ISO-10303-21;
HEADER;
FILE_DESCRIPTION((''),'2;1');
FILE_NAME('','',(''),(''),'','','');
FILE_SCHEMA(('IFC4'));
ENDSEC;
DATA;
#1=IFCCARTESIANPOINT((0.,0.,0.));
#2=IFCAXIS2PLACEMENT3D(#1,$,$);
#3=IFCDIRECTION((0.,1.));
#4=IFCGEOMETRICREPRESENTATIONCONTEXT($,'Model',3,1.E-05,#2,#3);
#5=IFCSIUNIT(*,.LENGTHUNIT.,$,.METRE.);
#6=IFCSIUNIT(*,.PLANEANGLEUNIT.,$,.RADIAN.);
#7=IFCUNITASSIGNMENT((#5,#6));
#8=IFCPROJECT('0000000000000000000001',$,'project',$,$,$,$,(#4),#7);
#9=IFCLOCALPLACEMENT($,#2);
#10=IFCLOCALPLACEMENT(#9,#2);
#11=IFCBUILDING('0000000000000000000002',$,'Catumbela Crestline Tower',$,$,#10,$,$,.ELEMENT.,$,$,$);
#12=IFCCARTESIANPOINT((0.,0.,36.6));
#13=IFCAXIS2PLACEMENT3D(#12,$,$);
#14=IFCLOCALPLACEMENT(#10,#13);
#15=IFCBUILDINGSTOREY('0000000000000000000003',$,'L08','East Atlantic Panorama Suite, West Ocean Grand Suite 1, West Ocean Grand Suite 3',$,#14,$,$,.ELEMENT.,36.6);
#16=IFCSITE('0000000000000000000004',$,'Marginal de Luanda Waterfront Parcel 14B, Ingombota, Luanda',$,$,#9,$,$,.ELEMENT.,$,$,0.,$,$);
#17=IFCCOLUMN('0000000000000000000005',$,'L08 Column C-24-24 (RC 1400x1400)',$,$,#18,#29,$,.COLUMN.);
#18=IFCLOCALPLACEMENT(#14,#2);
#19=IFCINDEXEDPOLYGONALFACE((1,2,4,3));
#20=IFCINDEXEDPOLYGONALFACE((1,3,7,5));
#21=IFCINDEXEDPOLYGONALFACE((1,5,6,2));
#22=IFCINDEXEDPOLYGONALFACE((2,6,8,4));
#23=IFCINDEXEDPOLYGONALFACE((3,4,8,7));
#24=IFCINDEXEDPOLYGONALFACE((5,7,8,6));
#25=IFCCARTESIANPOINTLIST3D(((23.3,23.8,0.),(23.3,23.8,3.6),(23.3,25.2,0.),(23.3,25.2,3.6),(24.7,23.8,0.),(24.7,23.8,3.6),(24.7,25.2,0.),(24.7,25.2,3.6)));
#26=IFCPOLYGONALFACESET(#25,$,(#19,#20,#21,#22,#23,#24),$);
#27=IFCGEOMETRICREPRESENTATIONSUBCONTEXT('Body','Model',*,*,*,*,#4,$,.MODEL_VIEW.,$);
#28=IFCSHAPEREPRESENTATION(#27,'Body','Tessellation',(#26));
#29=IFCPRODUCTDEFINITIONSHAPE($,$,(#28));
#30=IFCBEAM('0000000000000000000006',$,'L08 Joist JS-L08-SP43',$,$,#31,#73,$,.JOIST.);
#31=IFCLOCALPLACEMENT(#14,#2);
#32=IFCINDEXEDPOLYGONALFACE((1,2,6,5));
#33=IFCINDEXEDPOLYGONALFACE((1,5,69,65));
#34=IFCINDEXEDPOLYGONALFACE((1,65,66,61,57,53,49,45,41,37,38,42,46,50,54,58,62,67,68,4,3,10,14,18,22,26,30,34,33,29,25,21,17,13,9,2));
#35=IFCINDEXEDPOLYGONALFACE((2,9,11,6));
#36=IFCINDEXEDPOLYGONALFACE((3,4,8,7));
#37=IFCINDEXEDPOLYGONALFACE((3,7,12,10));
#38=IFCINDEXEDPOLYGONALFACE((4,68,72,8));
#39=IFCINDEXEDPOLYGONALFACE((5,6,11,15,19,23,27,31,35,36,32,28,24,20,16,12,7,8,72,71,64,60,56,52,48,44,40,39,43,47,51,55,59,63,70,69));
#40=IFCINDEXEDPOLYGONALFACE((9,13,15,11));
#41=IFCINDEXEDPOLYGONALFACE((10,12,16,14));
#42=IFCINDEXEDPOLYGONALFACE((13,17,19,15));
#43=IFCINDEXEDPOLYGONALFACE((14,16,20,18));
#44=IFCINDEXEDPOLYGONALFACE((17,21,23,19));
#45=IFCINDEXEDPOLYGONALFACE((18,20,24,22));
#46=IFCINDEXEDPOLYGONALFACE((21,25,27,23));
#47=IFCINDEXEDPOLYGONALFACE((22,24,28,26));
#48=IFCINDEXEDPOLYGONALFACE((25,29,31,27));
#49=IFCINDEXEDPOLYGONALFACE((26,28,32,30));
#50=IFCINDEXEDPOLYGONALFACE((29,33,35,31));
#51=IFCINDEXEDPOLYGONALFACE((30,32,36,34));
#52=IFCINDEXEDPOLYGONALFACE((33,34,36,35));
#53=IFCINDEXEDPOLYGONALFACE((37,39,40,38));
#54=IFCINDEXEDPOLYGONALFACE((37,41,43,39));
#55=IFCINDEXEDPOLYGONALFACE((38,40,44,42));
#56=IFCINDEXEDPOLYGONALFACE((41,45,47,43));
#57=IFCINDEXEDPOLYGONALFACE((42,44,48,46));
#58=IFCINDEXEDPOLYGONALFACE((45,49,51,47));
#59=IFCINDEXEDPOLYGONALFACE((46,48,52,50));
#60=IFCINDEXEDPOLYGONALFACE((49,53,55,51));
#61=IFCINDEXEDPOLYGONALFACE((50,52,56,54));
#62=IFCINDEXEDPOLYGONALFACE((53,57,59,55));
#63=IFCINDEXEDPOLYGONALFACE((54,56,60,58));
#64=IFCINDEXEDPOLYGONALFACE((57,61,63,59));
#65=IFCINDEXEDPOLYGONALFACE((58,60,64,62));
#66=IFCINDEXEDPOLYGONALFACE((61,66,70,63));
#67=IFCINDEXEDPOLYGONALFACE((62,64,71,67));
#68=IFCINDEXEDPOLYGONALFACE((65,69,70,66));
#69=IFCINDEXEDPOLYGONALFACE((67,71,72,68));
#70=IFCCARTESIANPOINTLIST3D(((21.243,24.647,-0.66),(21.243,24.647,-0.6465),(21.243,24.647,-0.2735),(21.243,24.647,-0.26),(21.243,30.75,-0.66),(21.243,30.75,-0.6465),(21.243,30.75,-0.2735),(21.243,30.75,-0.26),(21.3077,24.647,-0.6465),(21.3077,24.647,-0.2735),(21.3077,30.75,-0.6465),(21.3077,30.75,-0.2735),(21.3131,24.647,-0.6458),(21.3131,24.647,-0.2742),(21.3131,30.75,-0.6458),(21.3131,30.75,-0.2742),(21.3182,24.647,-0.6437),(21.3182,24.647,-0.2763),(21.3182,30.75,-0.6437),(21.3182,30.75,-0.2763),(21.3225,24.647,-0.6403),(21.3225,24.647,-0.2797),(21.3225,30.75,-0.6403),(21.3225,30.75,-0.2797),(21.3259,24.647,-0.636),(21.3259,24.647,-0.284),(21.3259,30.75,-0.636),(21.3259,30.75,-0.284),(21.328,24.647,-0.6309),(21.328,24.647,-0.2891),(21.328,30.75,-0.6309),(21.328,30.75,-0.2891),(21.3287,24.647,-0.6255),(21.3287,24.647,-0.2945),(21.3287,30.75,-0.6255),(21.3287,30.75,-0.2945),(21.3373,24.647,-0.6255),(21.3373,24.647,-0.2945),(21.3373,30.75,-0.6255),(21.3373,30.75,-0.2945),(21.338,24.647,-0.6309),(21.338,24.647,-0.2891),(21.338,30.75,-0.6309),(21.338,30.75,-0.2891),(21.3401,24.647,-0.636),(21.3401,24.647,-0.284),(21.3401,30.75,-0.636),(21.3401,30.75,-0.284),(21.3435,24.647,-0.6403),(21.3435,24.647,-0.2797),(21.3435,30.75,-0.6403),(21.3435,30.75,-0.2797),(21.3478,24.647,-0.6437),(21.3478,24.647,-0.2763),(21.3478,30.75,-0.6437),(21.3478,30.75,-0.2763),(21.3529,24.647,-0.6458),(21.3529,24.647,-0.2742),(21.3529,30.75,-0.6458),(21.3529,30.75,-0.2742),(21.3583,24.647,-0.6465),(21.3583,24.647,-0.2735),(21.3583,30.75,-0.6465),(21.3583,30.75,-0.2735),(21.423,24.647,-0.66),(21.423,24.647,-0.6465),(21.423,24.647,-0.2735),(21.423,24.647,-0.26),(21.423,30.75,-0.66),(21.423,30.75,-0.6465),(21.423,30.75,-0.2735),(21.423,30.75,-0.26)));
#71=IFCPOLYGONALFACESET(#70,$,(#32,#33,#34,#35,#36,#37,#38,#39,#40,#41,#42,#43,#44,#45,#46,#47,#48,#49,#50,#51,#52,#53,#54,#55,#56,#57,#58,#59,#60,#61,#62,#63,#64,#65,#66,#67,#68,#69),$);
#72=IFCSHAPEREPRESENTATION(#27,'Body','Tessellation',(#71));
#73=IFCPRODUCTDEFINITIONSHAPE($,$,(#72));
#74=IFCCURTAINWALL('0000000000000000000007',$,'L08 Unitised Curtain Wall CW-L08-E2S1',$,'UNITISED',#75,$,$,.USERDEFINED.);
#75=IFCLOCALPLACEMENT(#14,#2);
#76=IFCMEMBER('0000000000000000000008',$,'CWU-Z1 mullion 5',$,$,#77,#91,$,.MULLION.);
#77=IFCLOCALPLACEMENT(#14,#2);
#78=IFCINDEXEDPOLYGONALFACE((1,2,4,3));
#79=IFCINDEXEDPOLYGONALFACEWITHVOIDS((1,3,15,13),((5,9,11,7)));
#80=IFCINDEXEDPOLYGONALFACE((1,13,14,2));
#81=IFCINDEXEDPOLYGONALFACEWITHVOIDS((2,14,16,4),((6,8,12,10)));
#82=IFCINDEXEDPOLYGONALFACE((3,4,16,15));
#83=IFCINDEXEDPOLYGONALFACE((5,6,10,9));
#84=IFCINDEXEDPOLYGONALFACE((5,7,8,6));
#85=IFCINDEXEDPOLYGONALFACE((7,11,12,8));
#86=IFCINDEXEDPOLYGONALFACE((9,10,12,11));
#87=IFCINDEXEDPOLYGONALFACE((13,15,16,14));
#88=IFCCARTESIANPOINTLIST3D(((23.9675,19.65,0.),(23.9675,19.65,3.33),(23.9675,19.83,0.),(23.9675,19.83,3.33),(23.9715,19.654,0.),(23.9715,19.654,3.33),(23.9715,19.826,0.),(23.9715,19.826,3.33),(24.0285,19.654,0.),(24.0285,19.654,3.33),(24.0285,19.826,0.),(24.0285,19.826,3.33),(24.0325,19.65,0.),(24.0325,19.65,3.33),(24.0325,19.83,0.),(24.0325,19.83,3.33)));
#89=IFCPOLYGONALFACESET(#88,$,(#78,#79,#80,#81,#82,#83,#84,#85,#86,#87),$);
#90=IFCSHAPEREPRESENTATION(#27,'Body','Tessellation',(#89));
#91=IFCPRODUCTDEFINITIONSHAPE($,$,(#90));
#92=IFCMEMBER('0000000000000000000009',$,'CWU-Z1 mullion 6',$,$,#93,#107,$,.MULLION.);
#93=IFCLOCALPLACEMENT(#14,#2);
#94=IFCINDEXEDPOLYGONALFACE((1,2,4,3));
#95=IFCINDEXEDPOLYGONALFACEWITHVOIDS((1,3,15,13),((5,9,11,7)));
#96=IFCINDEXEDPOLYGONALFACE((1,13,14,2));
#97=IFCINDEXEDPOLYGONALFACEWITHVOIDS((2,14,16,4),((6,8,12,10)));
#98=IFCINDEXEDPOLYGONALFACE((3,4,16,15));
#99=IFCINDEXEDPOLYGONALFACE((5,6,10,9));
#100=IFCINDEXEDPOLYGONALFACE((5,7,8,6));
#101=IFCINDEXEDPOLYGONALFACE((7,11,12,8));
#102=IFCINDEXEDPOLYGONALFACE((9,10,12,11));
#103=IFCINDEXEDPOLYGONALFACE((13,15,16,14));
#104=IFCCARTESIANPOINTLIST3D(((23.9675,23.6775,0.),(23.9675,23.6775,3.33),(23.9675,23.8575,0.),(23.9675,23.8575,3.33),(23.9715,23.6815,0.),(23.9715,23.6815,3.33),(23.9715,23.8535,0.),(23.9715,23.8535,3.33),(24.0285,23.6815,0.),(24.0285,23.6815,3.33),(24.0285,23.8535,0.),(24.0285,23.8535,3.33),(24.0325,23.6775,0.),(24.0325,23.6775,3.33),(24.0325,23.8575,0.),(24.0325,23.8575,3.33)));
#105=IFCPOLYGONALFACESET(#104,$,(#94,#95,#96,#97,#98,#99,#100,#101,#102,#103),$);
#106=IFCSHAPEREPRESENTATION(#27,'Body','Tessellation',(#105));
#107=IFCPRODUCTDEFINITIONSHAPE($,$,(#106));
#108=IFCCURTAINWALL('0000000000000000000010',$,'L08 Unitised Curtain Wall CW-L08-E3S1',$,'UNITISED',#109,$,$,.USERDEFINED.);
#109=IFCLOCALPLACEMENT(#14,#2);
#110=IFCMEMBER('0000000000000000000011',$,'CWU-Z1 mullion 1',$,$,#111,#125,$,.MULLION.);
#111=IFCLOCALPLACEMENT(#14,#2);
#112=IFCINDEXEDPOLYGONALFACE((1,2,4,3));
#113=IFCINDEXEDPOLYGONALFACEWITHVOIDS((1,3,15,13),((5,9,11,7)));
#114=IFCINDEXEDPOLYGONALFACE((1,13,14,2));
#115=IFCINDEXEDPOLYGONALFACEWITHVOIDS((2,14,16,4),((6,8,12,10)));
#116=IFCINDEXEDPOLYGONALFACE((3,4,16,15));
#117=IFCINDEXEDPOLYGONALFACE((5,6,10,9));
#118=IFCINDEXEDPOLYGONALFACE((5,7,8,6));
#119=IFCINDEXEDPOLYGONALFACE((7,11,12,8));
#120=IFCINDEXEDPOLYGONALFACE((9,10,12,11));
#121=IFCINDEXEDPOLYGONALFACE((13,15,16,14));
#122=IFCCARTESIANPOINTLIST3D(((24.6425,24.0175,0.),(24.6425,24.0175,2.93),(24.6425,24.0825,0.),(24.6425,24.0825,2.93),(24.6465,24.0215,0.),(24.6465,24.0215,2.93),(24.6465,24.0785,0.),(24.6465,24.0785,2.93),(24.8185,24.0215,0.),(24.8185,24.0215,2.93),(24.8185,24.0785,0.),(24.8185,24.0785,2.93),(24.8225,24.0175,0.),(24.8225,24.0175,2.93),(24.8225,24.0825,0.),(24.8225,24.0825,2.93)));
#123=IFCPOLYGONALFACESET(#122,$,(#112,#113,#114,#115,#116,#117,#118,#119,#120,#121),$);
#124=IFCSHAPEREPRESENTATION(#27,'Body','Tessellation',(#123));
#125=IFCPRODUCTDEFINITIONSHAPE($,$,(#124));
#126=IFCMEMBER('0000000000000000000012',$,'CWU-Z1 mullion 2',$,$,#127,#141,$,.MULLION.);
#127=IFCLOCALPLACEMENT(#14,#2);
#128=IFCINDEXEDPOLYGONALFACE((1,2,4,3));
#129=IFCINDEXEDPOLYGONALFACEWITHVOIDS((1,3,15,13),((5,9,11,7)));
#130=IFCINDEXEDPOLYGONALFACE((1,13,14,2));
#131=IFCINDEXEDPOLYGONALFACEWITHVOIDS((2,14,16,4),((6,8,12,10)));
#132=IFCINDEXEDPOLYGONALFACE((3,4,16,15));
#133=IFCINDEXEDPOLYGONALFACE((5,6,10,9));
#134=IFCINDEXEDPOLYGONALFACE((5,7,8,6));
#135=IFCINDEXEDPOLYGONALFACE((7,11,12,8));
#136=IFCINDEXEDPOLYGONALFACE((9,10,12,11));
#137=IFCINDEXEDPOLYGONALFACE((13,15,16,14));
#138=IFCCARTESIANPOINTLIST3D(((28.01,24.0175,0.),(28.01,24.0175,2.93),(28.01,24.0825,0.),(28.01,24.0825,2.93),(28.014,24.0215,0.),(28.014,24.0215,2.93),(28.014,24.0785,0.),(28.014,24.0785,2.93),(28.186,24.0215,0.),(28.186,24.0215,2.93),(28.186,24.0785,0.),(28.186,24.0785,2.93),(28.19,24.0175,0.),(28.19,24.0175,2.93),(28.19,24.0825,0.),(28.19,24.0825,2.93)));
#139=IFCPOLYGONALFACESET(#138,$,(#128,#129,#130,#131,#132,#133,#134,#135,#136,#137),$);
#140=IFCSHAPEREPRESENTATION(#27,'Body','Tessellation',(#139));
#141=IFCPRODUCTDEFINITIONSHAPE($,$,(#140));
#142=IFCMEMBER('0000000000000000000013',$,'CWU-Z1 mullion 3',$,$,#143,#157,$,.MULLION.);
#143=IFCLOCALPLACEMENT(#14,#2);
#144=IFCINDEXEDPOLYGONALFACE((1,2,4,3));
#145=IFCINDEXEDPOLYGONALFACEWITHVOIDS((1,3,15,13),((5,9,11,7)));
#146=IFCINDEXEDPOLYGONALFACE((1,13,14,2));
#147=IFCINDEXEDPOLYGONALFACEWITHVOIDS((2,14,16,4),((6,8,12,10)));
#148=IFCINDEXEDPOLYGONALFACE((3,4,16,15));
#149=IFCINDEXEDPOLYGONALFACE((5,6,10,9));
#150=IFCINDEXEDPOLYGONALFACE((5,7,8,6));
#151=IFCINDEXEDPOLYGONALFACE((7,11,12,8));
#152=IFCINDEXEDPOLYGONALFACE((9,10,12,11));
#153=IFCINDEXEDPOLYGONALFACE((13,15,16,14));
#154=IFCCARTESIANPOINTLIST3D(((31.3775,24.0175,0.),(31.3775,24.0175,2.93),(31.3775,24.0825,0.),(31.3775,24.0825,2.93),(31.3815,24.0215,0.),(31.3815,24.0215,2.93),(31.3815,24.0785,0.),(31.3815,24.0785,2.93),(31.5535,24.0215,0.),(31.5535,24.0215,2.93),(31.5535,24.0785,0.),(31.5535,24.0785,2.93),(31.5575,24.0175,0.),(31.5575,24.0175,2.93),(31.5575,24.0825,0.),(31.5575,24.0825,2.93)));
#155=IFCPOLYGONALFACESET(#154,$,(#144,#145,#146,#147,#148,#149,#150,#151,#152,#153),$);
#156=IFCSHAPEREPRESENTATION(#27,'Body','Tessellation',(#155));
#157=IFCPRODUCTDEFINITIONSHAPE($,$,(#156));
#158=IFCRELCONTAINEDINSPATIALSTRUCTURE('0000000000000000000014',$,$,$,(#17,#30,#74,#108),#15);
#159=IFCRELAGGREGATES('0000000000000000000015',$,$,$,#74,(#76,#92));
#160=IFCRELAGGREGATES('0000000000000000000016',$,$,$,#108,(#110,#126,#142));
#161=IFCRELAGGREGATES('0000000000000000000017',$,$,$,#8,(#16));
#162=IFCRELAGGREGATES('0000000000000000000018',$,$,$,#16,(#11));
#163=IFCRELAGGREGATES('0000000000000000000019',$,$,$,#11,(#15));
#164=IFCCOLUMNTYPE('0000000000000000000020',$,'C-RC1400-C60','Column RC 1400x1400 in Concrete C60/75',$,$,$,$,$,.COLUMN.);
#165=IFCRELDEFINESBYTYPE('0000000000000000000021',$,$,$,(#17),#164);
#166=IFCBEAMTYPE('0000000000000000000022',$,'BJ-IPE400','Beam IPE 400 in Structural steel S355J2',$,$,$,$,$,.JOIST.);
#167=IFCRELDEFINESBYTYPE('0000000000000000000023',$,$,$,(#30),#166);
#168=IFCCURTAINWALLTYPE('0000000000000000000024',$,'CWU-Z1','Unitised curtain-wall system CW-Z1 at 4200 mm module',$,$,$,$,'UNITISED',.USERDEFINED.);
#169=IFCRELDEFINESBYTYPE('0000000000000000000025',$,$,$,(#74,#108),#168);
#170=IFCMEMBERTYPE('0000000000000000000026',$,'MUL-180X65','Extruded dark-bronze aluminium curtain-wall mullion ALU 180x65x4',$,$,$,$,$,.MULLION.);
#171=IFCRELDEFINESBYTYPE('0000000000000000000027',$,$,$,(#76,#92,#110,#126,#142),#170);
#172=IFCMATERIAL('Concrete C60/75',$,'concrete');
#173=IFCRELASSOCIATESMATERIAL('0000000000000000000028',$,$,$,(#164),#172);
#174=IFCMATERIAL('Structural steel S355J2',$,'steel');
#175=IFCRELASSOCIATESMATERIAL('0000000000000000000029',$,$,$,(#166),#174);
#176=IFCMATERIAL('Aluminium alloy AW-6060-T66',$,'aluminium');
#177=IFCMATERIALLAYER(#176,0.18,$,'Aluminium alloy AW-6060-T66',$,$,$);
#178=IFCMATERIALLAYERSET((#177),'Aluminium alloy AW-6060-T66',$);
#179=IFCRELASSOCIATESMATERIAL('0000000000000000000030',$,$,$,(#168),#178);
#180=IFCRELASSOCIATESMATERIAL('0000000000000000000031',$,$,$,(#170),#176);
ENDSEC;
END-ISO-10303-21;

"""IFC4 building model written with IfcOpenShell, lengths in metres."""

from ifc_helpers import new_model, si_unit, direction, frame, origin, origin_2d, place, context, subcontext, project, spatial, rectangle, hollow_rectangle, i_section, extrude, material, layer, layer_set, material_profile, profile_set, type_object, element, aggregate, save


model = new_model("IFC4")

# Units and contexts
model_context = context("Model", 3, precision=1e-05, world=origin(), true_north=direction((0.0, 1.0)))
body_context = subcontext(model_context, "Body", "Model", "MODEL_VIEW")
ifc_project = project(units=[si_unit("LENGTHUNIT", "METRE"), si_unit("PLANEANGLEUNIT", "RADIAN")], contexts=[model_context])

# Site, building, storey
site_placement = place(None, origin())
site = spatial("IfcSite", under=ifc_project, at=site_placement, Name="Marginal de Luanda Waterfront Parcel 14B, Ingombota, Luanda", CompositionType="ELEMENT", RefElevation=0.0)
building_placement = place(site_placement, origin())
building = spatial("IfcBuilding", under=site, at=building_placement, Name="Catumbela Crestline Tower", CompositionType="ELEMENT")
storey_placement = place(building_placement, frame((0.0, 0.0, 36.6)))
storey = spatial("IfcBuildingStorey", under=building, at=storey_placement, Name="L08", Description="East Atlantic Panorama Suite, West Ocean Grand Suite 1, West Ocean Grand Suite 3", CompositionType="ELEMENT", Elevation=36.6)

# Column
ifc_material_1 = material(Name="Concrete C60/75", Category="concrete")
ifc_material_profile_1 = material_profile(ifc_material_1, rectangle(XDim=1.4, YDim=1.4, at=origin_2d()), Name="RC 1400x1400")
ifc_profile_set_1 = profile_set([ifc_material_profile_1], Name="Concrete C60/75")
column_type = type_object("IfcColumnType", Name="C-RC1400-C60", Description="Column RC 1400x1400 in Concrete C60/75", PredefinedType="COLUMN", material=ifc_profile_set_1)
column_placement = place(storey_placement, frame((24.0, 24.5, 0.0), z_axis=(0.0, 0.0, 1.0), x_axis=(1.0, 0.0, 0.0)))
element("IfcColumn", 1, at=column_placement, inside=storey, type_object=column_type, Name="L08 Column C-24-24 (RC 1400x1400)", PredefinedType="COLUMN", context=body_context, shape_type="SweptSolid", body=[
    extrude(rectangle(XDim=1.4, YDim=1.4, at=origin_2d()), origin(), (0.0, 0.0, 1.0), 3.6),
])

# Beam
ifc_material_2 = material(Name="Structural steel S355J2", Category="steel")
ifc_material_profile_2 = material_profile(ifc_material_2, i_section(OverallWidth=0.18, OverallDepth=0.4, WebThickness=0.0086, FlangeThickness=0.0135, FilletRadius=0.021, at=origin_2d()), Name="IPE 400")
ifc_profile_set_2 = profile_set([ifc_material_profile_2], Name="Structural steel S355J2")
beam_type_1 = type_object("IfcBeamType", Name="BJ-IPE400", Description="Beam IPE 400 in Structural steel S355J2", PredefinedType="JOIST", material=ifc_profile_set_2)
beam_1_placement = place(storey_placement, frame((21.333, 24.647, -0.46), z_axis=(0.0, 1.0, 0.0), x_axis=(-1.0, 0.0, 0.0)))
element("IfcBeam", 2, at=beam_1_placement, inside=storey, type_object=beam_type_1, Name="L08 Joist JS-L08-SP43", PredefinedType="JOIST", context=body_context, shape_type="SweptSolid", body=[
    extrude(i_section(OverallWidth=0.18, OverallDepth=0.4, WebThickness=0.0086, FlangeThickness=0.0135, FilletRadius=0.021, at=origin_2d()), origin(), (0.0, 0.0, 1.0), 6.103),
])

# Curtain walls, members
ifc_material_3 = material(Name="Aluminium alloy AW-6060-T66", Category="aluminium")
ifc_layer_1 = layer(ifc_material_3, 0.18, Name="Aluminium alloy AW-6060-T66")
ifc_layer_set_1 = layer_set([ifc_layer_1], Name="Aluminium alloy AW-6060-T66")
curtain_wall_type = type_object("IfcCurtainWallType", Name="CWU-Z1", Description="Unitised curtain-wall system CW-Z1 at 4200 mm module", ElementType="UNITISED", PredefinedType="USERDEFINED", material=ifc_layer_set_1)
curtain_wall_1_placement = place(storey_placement, origin())
curtain_wall_1 = element("IfcCurtainWall", 3, at=curtain_wall_1_placement, inside=storey, type_object=curtain_wall_type, Name="L08 Unitised Curtain Wall CW-L08-E2S1", ObjectType="UNITISED", PredefinedType="USERDEFINED")
ifc_material_profile_3 = material_profile(ifc_material_3, hollow_rectangle(XDim=0.065, YDim=0.18, WallThickness=0.004, at=origin_2d()), Name="ALU 180x65x4")
ifc_profile_set_3 = profile_set([ifc_material_profile_3], Name="Aluminium alloy AW-6060-T66")
member_type_1 = type_object("IfcMemberType", Name="MUL-180X65", Description="Extruded dark-bronze aluminium curtain-wall mullion ALU 180x65x4", PredefinedType="MULLION", material=ifc_profile_set_3)
member_1_placement = place(storey_placement, frame((24.0, 19.74, 0.0), z_axis=(0.0, 0.0, 1.0), x_axis=(-1.0, 0.0, 0.0)))
member_1 = element("IfcMember", 4, at=member_1_placement, type_object=member_type_1, Name="CWU-Z1 mullion 5", PredefinedType="MULLION", context=body_context, shape_type="SweptSolid", body=[
    extrude(hollow_rectangle(XDim=0.065, YDim=0.18, WallThickness=0.004, at=origin_2d()), origin(), (0.0, 0.0, 1.0), 3.33),
])
member_2_placement = place(storey_placement, frame((24.0, 23.7675, 0.0), z_axis=(0.0, 0.0, 1.0), x_axis=(-1.0, 0.0, 0.0)))
member_2 = element("IfcMember", 5, at=member_2_placement, type_object=member_type_1, Name="CWU-Z1 mullion 6", PredefinedType="MULLION", context=body_context, shape_type="SweptSolid", body=[
    extrude(hollow_rectangle(XDim=0.065, YDim=0.18, WallThickness=0.004, at=origin_2d()), origin(), (0.0, 0.0, 1.0), 3.33),
])
curtain_wall_2_placement = place(storey_placement, origin())
curtain_wall_2 = element("IfcCurtainWall", 6, at=curtain_wall_2_placement, inside=storey, type_object=curtain_wall_type, Name="L08 Unitised Curtain Wall CW-L08-E3S1", ObjectType="UNITISED", PredefinedType="USERDEFINED")
member_3_placement = place(storey_placement, frame((24.7325, 24.05, 0.0), z_axis=(0.0, 0.0, 1.0), x_axis=(0.0, 1.0, 0.0)))
member_3 = element("IfcMember", 7, at=member_3_placement, type_object=member_type_1, Name="CWU-Z1 mullion 1", PredefinedType="MULLION", context=body_context, shape_type="SweptSolid", body=[
    extrude(hollow_rectangle(XDim=0.065, YDim=0.18, WallThickness=0.004, at=origin_2d()), origin(), (0.0, 0.0, 1.0), 2.93),
])
member_4_placement = place(storey_placement, frame((28.1, 24.05, 0.0), z_axis=(0.0, 0.0, 1.0), x_axis=(0.0, 1.0, 0.0)))
member_4 = element("IfcMember", 8, at=member_4_placement, type_object=member_type_1, Name="CWU-Z1 mullion 2", PredefinedType="MULLION", context=body_context, shape_type="SweptSolid", body=[
    extrude(hollow_rectangle(XDim=0.065, YDim=0.18, WallThickness=0.004, at=origin_2d()), origin(), (0.0, 0.0, 1.0), 2.93),
])
member_5_placement = place(storey_placement, frame((31.4675, 24.05, 0.0), z_axis=(0.0, 0.0, 1.0), x_axis=(0.0, 1.0, 0.0)))
member_5 = element("IfcMember", 9, at=member_5_placement, type_object=member_type_1, Name="CWU-Z1 mullion 3", PredefinedType="MULLION", context=body_context, shape_type="SweptSolid", body=[
    extrude(hollow_rectangle(XDim=0.065, YDim=0.18, WallThickness=0.004, at=origin_2d()), origin(), (0.0, 0.0, 1.0), 2.93),
])

aggregate(curtain_wall_1, [member_1, member_2])
aggregate(curtain_wall_2, [member_3, member_4, member_5])

save(model, "model.ifc")
